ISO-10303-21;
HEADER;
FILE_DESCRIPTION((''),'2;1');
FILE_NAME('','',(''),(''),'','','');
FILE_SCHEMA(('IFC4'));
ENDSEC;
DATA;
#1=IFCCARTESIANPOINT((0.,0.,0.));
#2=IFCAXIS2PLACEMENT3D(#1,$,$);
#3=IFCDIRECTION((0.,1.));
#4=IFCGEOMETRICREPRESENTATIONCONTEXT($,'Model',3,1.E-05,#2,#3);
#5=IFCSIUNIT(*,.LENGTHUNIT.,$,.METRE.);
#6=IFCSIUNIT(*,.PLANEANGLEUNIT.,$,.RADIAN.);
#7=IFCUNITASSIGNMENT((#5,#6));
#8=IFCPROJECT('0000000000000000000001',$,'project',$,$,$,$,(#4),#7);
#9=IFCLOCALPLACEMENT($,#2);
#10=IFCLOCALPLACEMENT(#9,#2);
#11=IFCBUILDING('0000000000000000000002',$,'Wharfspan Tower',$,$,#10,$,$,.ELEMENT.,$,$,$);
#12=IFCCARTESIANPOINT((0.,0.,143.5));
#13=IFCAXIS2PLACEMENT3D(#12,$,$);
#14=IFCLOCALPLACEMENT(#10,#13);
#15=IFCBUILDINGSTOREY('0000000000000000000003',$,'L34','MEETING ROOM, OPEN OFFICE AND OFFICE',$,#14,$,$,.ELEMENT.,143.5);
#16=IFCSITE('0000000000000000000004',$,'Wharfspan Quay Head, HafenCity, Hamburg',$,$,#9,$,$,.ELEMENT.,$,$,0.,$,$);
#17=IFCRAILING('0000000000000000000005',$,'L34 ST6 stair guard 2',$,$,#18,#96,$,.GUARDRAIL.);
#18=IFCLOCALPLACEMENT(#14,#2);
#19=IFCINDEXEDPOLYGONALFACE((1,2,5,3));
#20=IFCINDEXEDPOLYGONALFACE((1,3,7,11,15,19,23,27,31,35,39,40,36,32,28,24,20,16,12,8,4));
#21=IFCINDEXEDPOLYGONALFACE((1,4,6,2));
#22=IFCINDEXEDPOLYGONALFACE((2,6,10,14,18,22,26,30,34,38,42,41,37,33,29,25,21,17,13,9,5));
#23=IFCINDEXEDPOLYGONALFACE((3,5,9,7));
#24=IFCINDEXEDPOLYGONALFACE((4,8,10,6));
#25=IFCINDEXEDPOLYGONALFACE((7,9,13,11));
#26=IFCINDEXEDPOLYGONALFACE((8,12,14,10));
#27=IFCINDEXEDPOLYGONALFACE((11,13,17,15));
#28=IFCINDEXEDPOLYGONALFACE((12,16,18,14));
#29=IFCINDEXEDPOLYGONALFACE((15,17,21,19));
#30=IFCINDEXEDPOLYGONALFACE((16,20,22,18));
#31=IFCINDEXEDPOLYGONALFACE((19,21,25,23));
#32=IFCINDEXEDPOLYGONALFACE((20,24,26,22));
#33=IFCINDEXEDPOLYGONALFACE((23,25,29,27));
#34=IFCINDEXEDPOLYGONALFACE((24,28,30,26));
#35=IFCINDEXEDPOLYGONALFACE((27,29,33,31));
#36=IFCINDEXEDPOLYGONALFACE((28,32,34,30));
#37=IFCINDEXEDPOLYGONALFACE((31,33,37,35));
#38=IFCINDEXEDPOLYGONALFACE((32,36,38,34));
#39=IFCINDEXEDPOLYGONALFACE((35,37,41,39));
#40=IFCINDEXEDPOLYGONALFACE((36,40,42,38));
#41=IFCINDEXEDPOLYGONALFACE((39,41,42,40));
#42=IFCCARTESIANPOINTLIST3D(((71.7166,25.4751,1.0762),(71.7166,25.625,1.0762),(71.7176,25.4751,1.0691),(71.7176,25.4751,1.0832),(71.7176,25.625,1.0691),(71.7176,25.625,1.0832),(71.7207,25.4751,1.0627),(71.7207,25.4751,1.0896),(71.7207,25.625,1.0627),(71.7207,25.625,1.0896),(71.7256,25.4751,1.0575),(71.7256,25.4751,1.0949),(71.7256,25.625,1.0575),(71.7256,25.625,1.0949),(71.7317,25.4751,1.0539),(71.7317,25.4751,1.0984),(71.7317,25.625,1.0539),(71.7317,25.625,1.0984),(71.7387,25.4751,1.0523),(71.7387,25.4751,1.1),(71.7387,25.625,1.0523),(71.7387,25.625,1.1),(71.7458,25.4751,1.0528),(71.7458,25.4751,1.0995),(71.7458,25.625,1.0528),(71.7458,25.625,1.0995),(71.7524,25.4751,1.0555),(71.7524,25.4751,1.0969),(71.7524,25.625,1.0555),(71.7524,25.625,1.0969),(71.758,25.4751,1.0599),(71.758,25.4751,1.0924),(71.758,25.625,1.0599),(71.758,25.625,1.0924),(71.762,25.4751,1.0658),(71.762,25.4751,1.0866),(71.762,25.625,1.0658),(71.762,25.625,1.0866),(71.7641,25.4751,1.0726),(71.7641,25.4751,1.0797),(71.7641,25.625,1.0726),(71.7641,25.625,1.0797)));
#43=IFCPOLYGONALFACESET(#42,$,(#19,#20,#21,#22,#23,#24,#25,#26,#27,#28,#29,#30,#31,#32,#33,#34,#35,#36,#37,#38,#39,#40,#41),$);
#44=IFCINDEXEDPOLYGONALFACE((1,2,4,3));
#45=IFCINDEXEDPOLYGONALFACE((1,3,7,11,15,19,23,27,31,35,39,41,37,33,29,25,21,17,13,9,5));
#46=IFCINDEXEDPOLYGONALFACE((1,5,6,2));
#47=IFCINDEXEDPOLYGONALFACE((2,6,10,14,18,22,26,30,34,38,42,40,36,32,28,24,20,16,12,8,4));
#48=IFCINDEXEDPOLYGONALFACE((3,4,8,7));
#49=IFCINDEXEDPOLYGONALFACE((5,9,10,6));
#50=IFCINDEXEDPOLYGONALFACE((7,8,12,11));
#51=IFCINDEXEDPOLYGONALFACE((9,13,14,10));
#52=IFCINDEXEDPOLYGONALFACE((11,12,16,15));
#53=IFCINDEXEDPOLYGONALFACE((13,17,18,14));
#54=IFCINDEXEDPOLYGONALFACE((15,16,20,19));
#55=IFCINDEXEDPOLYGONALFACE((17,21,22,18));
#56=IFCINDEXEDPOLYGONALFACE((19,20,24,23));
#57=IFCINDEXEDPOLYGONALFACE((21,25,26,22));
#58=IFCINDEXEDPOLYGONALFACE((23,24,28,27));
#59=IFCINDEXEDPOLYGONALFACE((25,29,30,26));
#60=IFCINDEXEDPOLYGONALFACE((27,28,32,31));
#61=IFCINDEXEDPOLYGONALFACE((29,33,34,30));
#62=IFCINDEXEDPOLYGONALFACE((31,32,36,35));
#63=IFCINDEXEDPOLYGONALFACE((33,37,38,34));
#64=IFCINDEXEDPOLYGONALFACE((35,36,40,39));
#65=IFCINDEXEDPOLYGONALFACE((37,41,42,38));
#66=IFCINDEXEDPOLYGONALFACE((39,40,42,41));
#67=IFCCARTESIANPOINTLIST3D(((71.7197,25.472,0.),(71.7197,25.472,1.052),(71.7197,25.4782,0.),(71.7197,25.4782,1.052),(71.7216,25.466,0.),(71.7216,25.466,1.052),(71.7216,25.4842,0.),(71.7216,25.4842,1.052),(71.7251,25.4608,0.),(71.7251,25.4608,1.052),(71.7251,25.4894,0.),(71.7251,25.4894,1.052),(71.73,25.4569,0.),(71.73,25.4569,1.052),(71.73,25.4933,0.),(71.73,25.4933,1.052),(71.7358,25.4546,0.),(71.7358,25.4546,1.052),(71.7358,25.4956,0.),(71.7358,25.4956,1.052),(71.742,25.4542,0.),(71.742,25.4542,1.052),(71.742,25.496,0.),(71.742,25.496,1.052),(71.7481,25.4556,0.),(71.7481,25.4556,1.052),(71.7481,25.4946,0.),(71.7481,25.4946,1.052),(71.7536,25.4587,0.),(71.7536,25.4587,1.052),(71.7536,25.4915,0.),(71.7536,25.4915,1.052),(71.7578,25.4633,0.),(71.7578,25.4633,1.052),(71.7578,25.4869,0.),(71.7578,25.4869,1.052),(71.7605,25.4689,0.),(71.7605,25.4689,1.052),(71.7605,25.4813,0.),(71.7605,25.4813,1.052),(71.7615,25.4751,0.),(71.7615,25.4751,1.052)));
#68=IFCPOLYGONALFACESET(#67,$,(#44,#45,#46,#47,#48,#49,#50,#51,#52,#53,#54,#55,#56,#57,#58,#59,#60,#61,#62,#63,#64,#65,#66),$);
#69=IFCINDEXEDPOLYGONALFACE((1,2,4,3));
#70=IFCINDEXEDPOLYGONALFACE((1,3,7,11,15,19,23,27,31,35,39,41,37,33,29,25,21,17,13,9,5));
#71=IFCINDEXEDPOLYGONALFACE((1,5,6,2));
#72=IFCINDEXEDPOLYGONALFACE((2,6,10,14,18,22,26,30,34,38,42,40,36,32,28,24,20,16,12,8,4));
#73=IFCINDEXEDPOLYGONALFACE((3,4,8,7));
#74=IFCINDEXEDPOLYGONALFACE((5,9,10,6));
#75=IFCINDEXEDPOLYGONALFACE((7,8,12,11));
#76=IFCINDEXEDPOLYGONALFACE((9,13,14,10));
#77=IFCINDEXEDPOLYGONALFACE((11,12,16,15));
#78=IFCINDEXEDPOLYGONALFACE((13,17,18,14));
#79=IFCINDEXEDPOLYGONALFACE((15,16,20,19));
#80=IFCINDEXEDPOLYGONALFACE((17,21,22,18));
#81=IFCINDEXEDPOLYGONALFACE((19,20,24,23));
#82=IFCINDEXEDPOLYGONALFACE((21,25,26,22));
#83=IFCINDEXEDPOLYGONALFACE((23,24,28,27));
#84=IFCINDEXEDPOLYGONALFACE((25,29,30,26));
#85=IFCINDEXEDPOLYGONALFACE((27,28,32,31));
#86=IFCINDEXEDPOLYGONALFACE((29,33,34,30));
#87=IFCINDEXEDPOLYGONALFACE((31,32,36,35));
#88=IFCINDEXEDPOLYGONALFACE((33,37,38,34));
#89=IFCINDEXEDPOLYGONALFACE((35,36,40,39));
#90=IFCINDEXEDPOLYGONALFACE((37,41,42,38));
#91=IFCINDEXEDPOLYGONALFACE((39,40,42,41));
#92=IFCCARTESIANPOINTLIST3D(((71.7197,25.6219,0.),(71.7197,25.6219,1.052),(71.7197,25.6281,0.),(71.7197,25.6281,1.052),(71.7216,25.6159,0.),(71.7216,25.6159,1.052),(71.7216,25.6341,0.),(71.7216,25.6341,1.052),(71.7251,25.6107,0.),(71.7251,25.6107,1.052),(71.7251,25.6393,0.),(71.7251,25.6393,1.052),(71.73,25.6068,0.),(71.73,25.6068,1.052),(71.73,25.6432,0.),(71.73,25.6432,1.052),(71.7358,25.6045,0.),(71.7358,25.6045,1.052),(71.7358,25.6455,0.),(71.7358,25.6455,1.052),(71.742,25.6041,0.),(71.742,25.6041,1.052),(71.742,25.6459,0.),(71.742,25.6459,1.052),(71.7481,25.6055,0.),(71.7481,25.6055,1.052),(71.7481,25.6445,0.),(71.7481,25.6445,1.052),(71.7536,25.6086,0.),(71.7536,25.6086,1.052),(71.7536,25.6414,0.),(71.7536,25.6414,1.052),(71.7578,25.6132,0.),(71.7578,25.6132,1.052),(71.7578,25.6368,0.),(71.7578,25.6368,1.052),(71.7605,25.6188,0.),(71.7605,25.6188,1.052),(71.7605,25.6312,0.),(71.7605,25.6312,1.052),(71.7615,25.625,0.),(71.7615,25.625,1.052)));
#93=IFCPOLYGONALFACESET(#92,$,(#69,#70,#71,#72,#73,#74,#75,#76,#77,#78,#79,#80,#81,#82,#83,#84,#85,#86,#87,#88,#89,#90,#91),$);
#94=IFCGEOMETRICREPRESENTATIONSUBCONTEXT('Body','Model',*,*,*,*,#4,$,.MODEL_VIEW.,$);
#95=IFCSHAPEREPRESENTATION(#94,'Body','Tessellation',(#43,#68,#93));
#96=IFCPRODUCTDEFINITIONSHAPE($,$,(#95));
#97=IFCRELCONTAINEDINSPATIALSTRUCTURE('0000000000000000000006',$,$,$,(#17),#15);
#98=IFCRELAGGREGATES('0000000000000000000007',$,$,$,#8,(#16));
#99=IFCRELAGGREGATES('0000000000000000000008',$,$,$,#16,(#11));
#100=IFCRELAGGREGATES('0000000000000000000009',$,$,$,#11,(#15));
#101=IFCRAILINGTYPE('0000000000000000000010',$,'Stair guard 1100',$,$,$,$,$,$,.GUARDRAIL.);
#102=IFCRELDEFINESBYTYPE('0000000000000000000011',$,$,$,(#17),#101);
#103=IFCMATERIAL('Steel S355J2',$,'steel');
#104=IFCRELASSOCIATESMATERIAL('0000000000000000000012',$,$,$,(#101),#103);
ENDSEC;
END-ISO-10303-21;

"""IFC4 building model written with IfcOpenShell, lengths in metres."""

from ifc_helpers import new_model, si_unit, direction, frame, origin, origin_2d, place, context, subcontext, project, spatial, circle, extrude, material, type_object, element, save


model = new_model("IFC4")

# Units and contexts
model_context = context("Model", 3, precision=1e-05, world=origin(), true_north=direction((0.0, 1.0)))
body_context = subcontext(model_context, "Body", "Model", "MODEL_VIEW")
ifc_project = project(units=[si_unit("LENGTHUNIT", "METRE"), si_unit("PLANEANGLEUNIT", "RADIAN")], contexts=[model_context])

# Site, building, storey
site_placement = place(None, origin())
site = spatial("IfcSite", under=ifc_project, at=site_placement, Name="Wharfspan Quay Head, HafenCity, Hamburg", CompositionType="ELEMENT", RefElevation=0.0)
building_placement = place(site_placement, origin())
building = spatial("IfcBuilding", under=site, at=building_placement, Name="Wharfspan Tower", CompositionType="ELEMENT")
storey_placement = place(building_placement, frame((0.0, 0.0, 143.5)))
storey = spatial("IfcBuildingStorey", under=building, at=storey_placement, Name="L34", Description="MEETING ROOM, OPEN OFFICE AND OFFICE", CompositionType="ELEMENT", Elevation=143.5)

# Shared definitions
ifc_material_1 = material(Name="Steel S355J2", Category="steel")

# Railing
railing_type_1 = type_object("IfcRailingType", Name="Stair guard 1100", PredefinedType="GUARDRAIL", material=ifc_material_1)
railing_1_placement = place(storey_placement, frame((71.7405, 25.4751, 0.0)))
element("IfcRailing", 1, at=railing_1_placement, inside=storey, type_object=railing_type_1, Name="L34 ST6 stair guard 2", PredefinedType="GUARDRAIL", context=body_context, shape_type="SweptSolid", body=[
    extrude(circle(Radius=0.0239, at=origin_2d()), frame((0.0, 0.0, 1.0762), z_axis=(0.0, 1.0, 0.0), x_axis=(-1.0, 0.0, 0.0)), (0.0, 0.0, 1.0), 0.1499),
    extrude(circle(Radius=0.021, at=origin_2d()), origin(), (0.0, 0.0, 1.0), 1.052),
    extrude(circle(Radius=0.021, at=origin_2d()), frame((0.0, 0.1499, 0.0)), (0.0, 0.0, 1.0), 1.052),
])

save(model, "model.ifc")
